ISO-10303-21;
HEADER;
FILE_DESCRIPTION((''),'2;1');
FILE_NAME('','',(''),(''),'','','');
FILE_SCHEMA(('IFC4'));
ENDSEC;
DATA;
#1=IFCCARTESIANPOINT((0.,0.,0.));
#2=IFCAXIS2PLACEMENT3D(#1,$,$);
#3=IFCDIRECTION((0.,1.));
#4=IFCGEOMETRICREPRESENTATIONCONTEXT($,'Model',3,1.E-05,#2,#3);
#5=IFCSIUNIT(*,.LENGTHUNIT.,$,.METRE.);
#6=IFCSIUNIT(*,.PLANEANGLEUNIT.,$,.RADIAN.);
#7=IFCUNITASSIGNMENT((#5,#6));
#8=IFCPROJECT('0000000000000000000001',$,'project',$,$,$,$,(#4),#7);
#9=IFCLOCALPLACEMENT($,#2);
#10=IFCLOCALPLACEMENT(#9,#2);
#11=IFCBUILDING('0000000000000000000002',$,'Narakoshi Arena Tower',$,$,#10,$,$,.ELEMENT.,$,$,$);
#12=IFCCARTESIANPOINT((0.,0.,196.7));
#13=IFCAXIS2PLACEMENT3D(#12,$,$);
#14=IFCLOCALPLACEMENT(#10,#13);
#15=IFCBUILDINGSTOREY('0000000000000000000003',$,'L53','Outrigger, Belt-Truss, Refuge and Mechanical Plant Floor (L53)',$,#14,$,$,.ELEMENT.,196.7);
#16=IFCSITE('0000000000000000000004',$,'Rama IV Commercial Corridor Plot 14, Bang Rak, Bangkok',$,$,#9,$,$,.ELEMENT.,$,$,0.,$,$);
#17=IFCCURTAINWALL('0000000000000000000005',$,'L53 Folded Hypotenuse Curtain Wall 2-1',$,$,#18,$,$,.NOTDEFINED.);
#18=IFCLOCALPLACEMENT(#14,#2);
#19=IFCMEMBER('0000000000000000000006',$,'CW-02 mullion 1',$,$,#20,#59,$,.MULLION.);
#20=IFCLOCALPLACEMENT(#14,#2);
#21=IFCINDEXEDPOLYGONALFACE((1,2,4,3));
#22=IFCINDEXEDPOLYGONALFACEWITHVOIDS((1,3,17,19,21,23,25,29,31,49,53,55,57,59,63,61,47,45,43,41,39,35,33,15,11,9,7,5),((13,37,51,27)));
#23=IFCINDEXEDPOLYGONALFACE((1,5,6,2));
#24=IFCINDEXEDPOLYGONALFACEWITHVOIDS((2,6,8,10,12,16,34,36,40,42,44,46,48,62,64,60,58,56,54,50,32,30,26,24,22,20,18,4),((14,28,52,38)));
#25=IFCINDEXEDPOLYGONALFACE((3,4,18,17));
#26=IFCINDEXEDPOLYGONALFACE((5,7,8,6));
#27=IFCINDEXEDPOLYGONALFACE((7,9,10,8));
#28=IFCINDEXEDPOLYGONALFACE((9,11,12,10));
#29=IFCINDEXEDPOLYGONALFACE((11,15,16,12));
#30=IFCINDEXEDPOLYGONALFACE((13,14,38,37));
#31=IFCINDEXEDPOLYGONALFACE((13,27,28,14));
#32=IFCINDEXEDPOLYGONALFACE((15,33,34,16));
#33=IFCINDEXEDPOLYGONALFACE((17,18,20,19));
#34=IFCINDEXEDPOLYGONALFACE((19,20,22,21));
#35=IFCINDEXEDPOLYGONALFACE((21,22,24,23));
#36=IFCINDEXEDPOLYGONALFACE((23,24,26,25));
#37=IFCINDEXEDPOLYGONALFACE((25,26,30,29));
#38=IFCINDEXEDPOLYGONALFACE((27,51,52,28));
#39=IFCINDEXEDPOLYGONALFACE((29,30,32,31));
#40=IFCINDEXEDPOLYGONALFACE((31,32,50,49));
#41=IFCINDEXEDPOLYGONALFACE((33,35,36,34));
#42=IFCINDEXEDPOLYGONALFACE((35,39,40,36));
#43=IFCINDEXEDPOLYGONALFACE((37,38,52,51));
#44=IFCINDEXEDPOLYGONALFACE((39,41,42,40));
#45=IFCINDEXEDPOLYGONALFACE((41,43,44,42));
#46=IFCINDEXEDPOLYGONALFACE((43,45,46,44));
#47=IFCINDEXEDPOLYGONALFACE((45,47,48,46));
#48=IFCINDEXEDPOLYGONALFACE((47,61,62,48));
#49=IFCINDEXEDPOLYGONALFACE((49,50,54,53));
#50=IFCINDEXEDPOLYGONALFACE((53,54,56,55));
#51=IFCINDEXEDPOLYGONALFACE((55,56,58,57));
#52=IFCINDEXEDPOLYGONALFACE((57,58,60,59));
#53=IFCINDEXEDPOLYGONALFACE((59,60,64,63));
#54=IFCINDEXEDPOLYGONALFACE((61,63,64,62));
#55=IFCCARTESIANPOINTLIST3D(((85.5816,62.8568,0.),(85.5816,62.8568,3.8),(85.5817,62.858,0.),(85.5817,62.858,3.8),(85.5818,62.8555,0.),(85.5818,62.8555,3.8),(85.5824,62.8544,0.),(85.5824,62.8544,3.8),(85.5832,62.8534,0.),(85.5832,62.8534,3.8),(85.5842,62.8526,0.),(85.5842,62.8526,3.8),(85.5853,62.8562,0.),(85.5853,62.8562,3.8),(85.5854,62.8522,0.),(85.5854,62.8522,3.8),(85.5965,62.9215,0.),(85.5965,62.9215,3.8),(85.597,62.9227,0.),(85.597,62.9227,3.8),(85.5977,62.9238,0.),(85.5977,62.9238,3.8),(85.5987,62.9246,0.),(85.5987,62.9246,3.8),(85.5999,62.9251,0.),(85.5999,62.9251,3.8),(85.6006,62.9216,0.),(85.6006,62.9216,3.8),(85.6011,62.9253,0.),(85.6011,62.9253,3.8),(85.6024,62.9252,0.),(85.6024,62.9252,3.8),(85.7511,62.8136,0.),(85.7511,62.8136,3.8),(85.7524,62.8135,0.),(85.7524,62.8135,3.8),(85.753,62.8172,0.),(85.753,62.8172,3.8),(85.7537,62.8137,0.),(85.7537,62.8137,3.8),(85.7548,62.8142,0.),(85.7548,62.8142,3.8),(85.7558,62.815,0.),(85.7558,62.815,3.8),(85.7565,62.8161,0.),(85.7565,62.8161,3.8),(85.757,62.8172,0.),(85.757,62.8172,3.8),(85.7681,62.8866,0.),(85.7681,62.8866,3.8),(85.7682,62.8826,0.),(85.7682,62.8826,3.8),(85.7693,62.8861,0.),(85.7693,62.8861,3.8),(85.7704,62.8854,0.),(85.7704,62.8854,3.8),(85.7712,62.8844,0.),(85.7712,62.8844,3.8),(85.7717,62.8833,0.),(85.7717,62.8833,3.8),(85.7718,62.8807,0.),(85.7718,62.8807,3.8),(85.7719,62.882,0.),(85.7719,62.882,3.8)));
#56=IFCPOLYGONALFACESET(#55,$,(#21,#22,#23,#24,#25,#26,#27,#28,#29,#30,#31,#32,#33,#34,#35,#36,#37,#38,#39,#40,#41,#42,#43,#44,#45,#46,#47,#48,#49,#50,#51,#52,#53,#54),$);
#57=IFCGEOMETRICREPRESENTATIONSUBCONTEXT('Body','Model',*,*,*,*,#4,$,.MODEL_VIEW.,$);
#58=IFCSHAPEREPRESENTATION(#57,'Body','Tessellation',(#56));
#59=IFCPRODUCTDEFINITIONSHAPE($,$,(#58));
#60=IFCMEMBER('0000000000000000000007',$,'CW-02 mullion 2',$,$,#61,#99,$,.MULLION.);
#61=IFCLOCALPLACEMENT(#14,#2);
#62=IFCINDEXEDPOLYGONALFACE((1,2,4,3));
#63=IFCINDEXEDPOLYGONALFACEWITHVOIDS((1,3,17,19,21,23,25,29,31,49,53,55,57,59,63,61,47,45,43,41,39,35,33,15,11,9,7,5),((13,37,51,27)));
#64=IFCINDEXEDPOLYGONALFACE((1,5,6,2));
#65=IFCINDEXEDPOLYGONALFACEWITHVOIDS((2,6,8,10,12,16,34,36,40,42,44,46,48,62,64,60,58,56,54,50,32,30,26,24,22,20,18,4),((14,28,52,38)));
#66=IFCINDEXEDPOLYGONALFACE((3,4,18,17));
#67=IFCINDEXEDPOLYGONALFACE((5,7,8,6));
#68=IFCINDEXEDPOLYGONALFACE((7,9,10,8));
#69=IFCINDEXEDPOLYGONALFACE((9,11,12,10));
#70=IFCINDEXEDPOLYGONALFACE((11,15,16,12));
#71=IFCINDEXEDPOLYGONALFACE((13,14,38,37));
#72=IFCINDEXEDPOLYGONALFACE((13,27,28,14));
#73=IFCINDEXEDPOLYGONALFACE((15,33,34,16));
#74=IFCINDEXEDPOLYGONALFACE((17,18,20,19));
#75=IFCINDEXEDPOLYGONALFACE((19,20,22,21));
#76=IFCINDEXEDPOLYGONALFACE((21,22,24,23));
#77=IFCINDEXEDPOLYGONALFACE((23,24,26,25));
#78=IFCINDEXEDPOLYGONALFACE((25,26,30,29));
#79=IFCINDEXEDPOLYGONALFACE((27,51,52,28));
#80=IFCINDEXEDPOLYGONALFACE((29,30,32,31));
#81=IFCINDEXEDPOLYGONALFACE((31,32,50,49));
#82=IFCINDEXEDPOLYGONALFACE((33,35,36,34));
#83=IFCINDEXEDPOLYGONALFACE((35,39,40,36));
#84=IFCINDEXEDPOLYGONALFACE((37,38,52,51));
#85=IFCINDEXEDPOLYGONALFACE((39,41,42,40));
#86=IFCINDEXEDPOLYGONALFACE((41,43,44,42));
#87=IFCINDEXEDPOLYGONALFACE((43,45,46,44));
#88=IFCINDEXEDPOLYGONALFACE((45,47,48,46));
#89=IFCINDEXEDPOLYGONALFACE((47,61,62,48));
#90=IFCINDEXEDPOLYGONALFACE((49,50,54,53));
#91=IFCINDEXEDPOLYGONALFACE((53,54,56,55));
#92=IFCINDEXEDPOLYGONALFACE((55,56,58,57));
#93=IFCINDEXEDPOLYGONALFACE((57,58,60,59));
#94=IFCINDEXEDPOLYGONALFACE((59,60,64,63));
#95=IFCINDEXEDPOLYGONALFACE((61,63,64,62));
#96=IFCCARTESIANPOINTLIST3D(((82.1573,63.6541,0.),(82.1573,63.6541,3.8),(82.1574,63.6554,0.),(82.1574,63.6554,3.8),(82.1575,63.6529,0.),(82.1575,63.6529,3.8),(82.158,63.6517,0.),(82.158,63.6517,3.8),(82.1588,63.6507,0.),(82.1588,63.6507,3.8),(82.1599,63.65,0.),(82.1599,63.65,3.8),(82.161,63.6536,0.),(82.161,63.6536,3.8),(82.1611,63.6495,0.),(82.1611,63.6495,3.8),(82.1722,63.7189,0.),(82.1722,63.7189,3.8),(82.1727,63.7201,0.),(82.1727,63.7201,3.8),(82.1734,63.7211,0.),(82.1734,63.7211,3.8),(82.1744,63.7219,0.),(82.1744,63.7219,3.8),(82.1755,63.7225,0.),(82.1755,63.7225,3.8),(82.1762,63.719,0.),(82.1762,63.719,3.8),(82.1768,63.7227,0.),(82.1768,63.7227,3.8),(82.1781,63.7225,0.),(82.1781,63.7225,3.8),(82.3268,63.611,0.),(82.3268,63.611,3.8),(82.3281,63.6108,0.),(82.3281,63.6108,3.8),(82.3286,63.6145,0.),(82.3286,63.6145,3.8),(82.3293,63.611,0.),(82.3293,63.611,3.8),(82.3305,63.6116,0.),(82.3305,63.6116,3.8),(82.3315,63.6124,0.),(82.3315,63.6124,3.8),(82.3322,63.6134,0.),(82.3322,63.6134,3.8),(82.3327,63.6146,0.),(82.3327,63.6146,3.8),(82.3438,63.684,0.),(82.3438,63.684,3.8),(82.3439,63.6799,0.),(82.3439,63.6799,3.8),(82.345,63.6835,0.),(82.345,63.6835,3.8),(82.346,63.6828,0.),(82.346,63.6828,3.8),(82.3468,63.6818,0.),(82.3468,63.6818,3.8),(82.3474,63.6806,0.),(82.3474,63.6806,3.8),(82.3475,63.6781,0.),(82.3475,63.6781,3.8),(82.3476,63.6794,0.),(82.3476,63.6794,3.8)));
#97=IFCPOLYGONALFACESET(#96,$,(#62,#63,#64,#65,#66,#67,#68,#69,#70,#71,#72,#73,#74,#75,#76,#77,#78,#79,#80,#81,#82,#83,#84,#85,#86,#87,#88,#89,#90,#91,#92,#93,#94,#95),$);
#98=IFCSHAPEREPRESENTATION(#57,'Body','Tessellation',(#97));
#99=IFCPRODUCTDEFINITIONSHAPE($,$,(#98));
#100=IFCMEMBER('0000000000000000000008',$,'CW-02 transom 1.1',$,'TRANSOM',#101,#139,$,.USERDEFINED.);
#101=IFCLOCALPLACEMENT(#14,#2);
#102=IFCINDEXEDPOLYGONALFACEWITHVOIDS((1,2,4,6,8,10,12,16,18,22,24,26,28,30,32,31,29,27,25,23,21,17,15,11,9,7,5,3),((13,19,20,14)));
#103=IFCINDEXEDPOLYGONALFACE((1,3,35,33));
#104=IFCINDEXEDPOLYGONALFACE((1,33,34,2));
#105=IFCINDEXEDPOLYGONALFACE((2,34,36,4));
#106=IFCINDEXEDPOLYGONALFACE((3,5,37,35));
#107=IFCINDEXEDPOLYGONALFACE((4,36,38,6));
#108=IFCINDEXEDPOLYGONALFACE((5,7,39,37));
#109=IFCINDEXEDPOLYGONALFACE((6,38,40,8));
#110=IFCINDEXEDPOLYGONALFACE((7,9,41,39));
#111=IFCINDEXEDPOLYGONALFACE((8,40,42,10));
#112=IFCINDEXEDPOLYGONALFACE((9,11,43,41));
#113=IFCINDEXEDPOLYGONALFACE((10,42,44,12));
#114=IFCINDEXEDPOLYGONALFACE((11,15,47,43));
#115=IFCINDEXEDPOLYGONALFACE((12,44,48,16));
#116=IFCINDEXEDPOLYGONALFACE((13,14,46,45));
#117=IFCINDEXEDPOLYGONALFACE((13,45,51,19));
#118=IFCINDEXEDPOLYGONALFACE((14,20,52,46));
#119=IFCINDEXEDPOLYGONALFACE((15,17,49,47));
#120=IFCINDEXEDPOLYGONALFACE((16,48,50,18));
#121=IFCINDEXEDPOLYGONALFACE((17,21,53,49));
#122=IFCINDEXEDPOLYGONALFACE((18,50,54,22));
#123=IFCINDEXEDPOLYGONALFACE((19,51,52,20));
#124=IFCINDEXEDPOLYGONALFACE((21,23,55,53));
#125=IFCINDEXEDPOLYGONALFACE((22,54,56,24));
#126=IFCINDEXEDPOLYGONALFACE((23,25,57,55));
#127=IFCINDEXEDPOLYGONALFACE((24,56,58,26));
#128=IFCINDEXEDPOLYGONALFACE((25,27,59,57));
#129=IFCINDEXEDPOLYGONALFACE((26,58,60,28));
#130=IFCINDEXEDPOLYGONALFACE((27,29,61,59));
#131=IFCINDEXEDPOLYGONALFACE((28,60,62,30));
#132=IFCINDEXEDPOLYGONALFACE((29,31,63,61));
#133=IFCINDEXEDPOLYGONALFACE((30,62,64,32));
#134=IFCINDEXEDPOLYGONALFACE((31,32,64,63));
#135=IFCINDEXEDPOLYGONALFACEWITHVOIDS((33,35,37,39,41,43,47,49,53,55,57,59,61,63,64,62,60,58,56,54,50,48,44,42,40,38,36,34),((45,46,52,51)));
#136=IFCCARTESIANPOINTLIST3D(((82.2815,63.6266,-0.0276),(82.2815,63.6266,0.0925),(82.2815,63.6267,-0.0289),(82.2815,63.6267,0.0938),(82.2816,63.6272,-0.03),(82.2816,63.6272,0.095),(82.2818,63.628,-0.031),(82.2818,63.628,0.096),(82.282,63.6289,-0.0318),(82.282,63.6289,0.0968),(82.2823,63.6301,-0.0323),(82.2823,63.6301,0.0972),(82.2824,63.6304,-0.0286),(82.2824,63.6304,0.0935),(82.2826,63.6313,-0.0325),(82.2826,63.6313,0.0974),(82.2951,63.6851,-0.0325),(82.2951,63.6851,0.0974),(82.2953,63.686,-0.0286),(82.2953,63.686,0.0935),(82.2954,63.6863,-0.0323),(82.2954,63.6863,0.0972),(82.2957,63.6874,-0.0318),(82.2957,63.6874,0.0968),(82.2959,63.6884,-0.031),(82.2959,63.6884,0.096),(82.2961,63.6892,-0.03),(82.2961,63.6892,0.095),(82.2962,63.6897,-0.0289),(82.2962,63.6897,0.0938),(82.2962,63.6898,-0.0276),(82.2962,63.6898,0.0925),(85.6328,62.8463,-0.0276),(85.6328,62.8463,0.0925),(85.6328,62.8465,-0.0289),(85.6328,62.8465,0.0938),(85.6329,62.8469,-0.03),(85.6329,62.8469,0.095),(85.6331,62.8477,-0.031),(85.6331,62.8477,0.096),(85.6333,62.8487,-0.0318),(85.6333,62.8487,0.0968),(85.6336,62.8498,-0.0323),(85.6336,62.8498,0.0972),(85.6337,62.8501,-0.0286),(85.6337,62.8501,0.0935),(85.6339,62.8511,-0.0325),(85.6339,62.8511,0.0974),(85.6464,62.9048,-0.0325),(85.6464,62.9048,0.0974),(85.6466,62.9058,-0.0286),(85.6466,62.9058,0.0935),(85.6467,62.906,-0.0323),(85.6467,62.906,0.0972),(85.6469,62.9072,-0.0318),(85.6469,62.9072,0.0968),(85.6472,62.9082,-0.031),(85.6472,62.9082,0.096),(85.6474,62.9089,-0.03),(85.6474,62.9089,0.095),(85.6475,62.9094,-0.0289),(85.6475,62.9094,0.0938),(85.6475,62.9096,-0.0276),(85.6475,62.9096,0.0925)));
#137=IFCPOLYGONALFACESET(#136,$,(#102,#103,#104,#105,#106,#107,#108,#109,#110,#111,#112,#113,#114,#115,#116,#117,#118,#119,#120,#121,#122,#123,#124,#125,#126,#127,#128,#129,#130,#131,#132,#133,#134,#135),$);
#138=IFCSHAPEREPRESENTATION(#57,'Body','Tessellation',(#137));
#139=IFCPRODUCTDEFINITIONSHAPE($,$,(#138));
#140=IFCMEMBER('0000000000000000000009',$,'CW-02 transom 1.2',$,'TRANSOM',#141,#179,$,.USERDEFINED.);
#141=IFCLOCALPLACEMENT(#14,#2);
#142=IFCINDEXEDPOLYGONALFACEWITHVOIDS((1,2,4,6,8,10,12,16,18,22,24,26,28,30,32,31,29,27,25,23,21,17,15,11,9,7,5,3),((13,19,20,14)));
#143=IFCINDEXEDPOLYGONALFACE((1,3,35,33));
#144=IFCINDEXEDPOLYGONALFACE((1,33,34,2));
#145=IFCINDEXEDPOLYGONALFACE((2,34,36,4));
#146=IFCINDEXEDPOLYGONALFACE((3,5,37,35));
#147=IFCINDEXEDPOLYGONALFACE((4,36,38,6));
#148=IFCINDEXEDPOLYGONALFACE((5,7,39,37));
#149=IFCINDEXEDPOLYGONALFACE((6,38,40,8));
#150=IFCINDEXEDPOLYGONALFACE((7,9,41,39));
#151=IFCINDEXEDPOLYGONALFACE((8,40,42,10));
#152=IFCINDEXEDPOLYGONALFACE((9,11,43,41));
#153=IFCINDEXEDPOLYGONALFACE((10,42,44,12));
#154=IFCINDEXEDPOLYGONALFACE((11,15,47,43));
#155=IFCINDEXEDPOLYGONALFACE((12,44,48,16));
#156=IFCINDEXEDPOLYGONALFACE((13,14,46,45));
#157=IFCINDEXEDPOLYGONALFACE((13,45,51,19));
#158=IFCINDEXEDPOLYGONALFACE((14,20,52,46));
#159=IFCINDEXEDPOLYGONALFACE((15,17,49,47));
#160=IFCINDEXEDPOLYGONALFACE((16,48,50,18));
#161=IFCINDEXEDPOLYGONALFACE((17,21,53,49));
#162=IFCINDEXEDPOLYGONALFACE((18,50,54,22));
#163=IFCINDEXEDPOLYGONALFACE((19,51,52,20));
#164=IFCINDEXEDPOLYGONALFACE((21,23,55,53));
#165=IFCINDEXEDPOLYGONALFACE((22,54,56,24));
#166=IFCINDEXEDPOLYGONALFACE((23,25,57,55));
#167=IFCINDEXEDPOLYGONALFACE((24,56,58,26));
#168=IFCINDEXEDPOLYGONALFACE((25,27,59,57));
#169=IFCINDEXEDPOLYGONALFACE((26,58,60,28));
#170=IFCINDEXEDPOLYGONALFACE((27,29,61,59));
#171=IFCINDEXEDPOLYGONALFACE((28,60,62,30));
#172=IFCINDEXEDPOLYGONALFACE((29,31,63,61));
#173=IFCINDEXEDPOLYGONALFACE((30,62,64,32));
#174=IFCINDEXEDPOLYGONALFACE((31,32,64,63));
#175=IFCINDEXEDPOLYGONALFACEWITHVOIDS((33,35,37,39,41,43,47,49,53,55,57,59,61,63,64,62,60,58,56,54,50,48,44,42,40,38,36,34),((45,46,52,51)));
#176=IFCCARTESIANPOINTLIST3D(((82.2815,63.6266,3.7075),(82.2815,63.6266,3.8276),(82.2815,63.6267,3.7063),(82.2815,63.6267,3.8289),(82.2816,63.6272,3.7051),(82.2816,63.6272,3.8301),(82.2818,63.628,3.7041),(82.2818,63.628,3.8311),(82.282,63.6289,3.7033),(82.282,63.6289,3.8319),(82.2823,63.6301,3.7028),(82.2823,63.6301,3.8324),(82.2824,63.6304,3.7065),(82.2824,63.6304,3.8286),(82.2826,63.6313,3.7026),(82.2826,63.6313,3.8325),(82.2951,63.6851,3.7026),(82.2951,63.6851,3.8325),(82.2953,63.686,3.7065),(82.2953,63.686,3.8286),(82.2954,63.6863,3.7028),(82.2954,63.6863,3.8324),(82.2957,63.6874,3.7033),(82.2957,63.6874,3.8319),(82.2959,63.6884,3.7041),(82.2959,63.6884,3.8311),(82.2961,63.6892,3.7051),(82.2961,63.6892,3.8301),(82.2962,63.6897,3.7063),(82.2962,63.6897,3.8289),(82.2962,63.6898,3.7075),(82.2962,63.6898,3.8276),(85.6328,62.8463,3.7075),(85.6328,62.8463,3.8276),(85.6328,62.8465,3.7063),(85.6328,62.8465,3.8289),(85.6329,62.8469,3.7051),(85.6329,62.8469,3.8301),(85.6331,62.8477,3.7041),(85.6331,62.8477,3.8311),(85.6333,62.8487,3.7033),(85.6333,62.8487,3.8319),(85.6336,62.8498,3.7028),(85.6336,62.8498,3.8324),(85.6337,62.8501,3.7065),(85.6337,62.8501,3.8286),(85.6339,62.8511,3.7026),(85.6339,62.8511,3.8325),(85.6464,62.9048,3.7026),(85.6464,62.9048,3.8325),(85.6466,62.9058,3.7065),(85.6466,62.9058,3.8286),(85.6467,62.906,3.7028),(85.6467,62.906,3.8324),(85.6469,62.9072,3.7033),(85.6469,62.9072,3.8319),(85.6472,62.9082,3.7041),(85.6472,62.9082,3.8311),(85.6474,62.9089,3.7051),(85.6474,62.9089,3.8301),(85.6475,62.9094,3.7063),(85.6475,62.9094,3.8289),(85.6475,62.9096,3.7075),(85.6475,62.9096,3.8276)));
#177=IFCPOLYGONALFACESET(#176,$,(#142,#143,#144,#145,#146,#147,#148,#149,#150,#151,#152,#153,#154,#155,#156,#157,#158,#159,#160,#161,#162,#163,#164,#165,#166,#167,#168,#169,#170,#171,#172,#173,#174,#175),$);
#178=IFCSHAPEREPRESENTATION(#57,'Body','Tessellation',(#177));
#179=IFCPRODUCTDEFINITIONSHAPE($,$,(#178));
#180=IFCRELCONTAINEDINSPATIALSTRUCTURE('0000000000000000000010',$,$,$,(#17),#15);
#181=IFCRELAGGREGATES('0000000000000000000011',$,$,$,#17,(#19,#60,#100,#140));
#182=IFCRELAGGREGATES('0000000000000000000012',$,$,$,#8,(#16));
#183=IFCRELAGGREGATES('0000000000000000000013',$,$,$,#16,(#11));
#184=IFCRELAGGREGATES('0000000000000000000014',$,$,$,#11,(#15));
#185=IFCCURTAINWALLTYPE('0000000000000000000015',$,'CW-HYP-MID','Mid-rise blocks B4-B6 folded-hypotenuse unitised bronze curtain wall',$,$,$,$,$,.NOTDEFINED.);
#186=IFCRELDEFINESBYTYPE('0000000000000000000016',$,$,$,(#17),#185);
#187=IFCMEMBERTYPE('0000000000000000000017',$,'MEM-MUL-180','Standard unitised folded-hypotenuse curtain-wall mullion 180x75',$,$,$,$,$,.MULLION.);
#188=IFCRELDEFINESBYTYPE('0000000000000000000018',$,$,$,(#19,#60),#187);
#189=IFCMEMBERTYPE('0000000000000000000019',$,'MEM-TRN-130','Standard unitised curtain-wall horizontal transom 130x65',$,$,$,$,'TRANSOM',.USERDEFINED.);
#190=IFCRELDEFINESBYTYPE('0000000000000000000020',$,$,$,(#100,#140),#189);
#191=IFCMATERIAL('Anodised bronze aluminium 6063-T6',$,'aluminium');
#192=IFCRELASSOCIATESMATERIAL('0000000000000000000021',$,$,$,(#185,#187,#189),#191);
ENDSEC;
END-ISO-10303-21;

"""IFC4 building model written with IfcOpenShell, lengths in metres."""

from ifc_helpers import new_model, si_unit, direction, frame, origin, origin_2d, place, context, subcontext, project, spatial, hollow_rectangle, extrude, material, material_profile, profile_set, type_object, element, aggregate, save


model = new_model("IFC4")

# Units and contexts
model_context = context("Model", 3, precision=1e-05, world=origin(), true_north=direction((0.0, 1.0)))
body_context = subcontext(model_context, "Body", "Model", "MODEL_VIEW")
ifc_project = project(units=[si_unit("LENGTHUNIT", "METRE"), si_unit("PLANEANGLEUNIT", "RADIAN")], contexts=[model_context])

# Site, building, storey
site_placement = place(None, origin())
site = spatial("IfcSite", under=ifc_project, at=site_placement, Name="Rama IV Commercial Corridor Plot 14, Bang Rak, Bangkok", CompositionType="ELEMENT", RefElevation=0.0)
building_placement = place(site_placement, origin())
building = spatial("IfcBuilding", under=site, at=building_placement, Name="Narakoshi Arena Tower", CompositionType="ELEMENT")
storey_placement = place(building_placement, frame((0.0, 0.0, 196.7)))
storey = spatial("IfcBuildingStorey", under=building, at=storey_placement, Name="L53", Description="Outrigger, Belt-Truss, Refuge and Mechanical Plant Floor (L53)", CompositionType="ELEMENT", Elevation=196.7)

# Curtain wall, members
ifc_material_1 = material(Name="Anodised bronze aluminium 6063-T6", Category="aluminium")
curtain_wall_type = type_object("IfcCurtainWallType", Name="CW-HYP-MID", Description="Mid-rise blocks B4-B6 folded-hypotenuse unitised bronze curtain wall", PredefinedType="NOTDEFINED", material=ifc_material_1)
curtain_wall_placement = place(storey_placement, origin())
curtain_wall = element("IfcCurtainWall", 1, at=curtain_wall_placement, inside=storey, type_object=curtain_wall_type, Name="L53 Folded Hypotenuse Curtain Wall 2-1", PredefinedType="NOTDEFINED")
ifc_material_profile_1 = material_profile(ifc_material_1, hollow_rectangle(XDim=0.075, YDim=0.1799, WallThickness=0.0039, OuterFilletRadius=0.0049, at=origin_2d()), Name="MUL180x75x4")
ifc_profile_set_1 = profile_set([ifc_material_profile_1], Name="Anodised bronze aluminium 6063-T6")
member_type_1 = type_object("IfcMemberType", Name="MEM-MUL-180", Description="Standard unitised folded-hypotenuse curtain-wall mullion 180x75", PredefinedType="MULLION", material=ifc_profile_set_1)
member_1_placement = place(storey_placement, frame((85.6768, 62.8694, 0.0), z_axis=(0.0, 0.0, 1.0), x_axis=(-0.226721, -0.97396, 0.0)))
member_1 = element("IfcMember", 2, at=member_1_placement, type_object=member_type_1, Name="CW-02 mullion 1", PredefinedType="MULLION", context=body_context, shape_type="SweptSolid", body=[
    extrude(hollow_rectangle(XDim=0.075, YDim=0.1799, WallThickness=0.0039, OuterFilletRadius=0.0049, at=origin_2d()), origin(), (0.0, 0.0, 1.0), 3.8),
])
member_2_placement = place(storey_placement, frame((82.2524, 63.6667, 0.0), z_axis=(0.0, 0.0, 1.0), x_axis=(-0.226721, -0.97396, 0.0)))
member_2 = element("IfcMember", 3, at=member_2_placement, type_object=member_type_1, Name="CW-02 mullion 2", PredefinedType="MULLION", context=body_context, shape_type="SweptSolid", body=[
    extrude(hollow_rectangle(XDim=0.075, YDim=0.1799, WallThickness=0.0039, OuterFilletRadius=0.0049, at=origin_2d()), origin(), (0.0, 0.0, 1.0), 3.8),
])
ifc_material_profile_2 = material_profile(ifc_material_1, hollow_rectangle(XDim=0.0649, YDim=0.1299, WallThickness=0.0039, OuterFilletRadius=0.0049, at=origin_2d()), Name="TRN130x65x4")
ifc_profile_set_2 = profile_set([ifc_material_profile_2], Name="Anodised bronze aluminium 6063-T6")
member_type_2 = type_object("IfcMemberType", Name="MEM-TRN-130", Description="Standard unitised curtain-wall horizontal transom 130x65", ElementType="TRANSOM", PredefinedType="USERDEFINED", material=ifc_profile_set_2)
member_3_placement = place(storey_placement, frame((85.6401, 62.8779, 0.0325), z_axis=(-0.97395, 0.226761, 0.0), x_axis=(-0.226761, -0.97395, 0.0)))
member_3 = element("IfcMember", 4, at=member_3_placement, type_object=member_type_2, Name="CW-02 transom 1.1", ObjectType="TRANSOM", PredefinedType="USERDEFINED", context=body_context, shape_type="SweptSolid", body=[
    extrude(hollow_rectangle(XDim=0.0649, YDim=0.1299, WallThickness=0.0039, OuterFilletRadius=0.0049, at=origin_2d()), origin(), (0.0, 0.0, 1.0), 3.4409),
])
member_4_placement = place(storey_placement, frame((85.6401, 62.8779, 3.7676), z_axis=(-0.97395, 0.226761, 0.0), x_axis=(-0.226761, -0.97395, 0.0)))
member_4 = element("IfcMember", 5, at=member_4_placement, type_object=member_type_2, Name="CW-02 transom 1.2", ObjectType="TRANSOM", PredefinedType="USERDEFINED", context=body_context, shape_type="SweptSolid", body=[
    extrude(hollow_rectangle(XDim=0.0649, YDim=0.1299, WallThickness=0.0039, OuterFilletRadius=0.0049, at=origin_2d()), origin(), (0.0, 0.0, 1.0), 3.4409),
])
aggregate(curtain_wall, [member_1, member_2, member_3, member_4])

save(model, "model.ifc")
